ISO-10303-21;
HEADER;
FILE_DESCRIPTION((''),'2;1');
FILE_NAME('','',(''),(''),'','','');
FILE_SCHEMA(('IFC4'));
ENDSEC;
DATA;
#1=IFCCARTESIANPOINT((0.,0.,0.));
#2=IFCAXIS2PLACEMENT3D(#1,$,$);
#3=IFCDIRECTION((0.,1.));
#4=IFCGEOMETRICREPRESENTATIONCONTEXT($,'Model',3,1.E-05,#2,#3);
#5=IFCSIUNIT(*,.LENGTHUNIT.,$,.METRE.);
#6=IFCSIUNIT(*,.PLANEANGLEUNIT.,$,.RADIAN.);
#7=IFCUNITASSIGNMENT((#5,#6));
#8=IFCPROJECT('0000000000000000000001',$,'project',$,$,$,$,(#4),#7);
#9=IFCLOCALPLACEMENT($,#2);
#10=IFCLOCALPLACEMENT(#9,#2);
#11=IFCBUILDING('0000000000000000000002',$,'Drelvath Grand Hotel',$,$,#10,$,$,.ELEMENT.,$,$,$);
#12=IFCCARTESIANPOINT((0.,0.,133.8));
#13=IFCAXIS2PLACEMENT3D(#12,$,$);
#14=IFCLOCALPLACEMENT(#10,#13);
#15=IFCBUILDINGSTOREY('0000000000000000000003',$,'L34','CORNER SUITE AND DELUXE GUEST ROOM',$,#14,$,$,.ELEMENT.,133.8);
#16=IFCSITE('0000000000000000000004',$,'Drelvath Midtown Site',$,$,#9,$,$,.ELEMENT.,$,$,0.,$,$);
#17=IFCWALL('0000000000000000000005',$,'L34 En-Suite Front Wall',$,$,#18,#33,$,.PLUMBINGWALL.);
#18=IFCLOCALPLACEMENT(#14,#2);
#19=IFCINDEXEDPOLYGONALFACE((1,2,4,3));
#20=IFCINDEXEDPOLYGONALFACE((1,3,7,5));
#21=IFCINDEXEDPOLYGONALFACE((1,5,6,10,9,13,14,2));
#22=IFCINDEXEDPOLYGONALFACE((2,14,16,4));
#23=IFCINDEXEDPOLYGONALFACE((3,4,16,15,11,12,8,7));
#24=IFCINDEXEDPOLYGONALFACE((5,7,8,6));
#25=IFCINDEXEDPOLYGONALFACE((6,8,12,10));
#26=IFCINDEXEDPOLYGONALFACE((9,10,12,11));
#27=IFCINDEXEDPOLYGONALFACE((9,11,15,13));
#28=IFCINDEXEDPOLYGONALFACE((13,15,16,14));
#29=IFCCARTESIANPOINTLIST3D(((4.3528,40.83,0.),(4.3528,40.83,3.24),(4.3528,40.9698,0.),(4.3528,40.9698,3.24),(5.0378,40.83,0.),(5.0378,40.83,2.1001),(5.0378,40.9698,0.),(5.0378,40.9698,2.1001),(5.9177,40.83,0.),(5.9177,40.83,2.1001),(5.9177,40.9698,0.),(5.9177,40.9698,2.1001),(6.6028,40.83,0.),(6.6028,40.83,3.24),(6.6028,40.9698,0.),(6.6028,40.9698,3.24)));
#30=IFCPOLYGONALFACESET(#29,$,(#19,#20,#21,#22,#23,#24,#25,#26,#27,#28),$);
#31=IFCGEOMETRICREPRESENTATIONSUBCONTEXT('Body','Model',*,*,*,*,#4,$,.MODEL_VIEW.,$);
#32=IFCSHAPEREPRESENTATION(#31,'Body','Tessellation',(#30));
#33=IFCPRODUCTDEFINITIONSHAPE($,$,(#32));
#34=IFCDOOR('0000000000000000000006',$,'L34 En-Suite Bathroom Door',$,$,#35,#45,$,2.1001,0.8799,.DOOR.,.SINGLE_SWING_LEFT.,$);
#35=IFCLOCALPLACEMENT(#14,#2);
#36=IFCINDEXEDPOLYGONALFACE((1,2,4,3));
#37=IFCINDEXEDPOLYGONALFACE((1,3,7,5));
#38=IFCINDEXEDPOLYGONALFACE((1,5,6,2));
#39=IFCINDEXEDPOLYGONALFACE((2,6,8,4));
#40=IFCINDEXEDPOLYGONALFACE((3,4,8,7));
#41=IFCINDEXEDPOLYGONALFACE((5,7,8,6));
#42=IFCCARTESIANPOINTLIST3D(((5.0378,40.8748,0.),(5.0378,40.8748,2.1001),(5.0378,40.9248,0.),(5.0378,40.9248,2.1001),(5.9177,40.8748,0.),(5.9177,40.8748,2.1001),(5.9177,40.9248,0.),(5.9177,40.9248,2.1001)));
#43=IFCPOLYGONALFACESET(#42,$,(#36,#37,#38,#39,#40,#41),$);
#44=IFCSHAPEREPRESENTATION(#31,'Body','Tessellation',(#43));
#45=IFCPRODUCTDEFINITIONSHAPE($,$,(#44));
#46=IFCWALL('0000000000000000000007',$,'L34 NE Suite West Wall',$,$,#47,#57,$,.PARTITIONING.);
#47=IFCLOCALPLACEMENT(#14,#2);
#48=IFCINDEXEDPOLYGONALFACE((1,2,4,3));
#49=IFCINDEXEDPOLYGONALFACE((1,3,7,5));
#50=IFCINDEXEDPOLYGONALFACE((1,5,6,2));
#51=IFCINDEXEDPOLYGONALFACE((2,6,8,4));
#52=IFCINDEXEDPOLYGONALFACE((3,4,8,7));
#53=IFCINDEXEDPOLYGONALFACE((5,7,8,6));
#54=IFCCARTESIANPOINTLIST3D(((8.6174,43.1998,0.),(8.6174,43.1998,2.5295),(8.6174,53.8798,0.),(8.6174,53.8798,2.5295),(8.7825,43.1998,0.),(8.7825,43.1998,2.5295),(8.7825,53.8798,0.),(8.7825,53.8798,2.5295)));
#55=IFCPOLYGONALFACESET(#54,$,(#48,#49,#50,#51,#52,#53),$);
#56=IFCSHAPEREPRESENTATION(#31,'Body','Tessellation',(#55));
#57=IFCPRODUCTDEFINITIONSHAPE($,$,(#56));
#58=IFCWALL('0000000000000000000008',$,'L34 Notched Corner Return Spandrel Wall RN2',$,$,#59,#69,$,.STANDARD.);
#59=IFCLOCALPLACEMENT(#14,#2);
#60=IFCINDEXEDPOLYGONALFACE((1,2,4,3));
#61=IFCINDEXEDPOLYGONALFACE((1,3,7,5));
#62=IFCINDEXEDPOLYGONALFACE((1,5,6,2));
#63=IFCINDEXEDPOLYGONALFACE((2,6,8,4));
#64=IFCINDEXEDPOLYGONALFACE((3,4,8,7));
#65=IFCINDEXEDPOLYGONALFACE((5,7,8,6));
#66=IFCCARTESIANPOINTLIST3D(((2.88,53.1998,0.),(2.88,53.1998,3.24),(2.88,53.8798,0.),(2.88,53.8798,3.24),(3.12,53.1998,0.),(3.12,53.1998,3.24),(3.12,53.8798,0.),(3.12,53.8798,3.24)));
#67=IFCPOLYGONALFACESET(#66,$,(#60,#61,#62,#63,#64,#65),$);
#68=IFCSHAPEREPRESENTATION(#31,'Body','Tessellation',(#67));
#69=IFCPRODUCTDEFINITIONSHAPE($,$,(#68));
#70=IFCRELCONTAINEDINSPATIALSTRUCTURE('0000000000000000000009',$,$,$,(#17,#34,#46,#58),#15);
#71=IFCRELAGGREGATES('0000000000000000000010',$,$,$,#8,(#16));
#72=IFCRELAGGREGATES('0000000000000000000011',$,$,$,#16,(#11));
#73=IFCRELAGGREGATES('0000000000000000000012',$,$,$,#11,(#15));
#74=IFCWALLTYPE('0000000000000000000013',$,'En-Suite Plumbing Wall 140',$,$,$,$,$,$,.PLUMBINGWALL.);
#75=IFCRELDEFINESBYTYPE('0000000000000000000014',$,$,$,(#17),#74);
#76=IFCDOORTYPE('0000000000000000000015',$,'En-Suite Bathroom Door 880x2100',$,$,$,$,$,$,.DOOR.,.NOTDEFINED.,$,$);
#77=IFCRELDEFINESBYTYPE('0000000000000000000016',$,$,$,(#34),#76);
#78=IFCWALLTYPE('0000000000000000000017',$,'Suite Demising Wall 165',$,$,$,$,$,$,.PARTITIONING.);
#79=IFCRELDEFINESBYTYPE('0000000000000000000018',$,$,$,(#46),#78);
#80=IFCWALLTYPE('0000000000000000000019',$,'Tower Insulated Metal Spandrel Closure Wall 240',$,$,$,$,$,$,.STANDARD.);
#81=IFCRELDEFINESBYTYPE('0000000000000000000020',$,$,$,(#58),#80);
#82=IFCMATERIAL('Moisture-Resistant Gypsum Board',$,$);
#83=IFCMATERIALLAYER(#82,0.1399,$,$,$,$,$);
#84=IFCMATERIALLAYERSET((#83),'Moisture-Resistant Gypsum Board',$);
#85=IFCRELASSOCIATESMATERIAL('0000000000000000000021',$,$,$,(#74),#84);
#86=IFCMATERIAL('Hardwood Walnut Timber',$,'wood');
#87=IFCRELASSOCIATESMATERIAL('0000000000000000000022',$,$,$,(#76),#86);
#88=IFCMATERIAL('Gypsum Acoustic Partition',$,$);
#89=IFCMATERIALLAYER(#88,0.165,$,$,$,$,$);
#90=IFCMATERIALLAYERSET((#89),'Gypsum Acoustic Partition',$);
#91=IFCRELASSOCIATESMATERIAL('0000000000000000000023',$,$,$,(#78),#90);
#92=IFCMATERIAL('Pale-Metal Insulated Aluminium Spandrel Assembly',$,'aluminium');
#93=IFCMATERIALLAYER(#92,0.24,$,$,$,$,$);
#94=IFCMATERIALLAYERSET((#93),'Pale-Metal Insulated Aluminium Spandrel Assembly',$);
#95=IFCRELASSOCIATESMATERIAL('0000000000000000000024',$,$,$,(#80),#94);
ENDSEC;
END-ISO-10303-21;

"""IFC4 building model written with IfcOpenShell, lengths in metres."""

from ifc_helpers import new_model, si_unit, direction, frame, frame_2d, origin, place, context, subcontext, project, spatial, rectangle, extrude, material, layer, layer_set, type_object, element, fill, save


model = new_model("IFC4")

# Units and contexts
model_context = context("Model", 3, precision=1e-05, world=origin(), true_north=direction((0.0, 1.0)))
body_context = subcontext(model_context, "Body", "Model", "MODEL_VIEW")
ifc_project = project(units=[si_unit("LENGTHUNIT", "METRE"), si_unit("PLANEANGLEUNIT", "RADIAN")], contexts=[model_context])

# Site, building, storey
site_placement = place(None, origin())
site = spatial("IfcSite", under=ifc_project, at=site_placement, Name="Drelvath Midtown Site", CompositionType="ELEMENT", RefElevation=0.0)
building_placement = place(site_placement, origin())
building = spatial("IfcBuilding", under=site, at=building_placement, Name="Drelvath Grand Hotel", CompositionType="ELEMENT")
storey_placement = place(building_placement, frame((0.0, 0.0, 133.8)))
storey = spatial("IfcBuildingStorey", under=building, at=storey_placement, Name="L34", Description="CORNER SUITE AND DELUXE GUEST ROOM", CompositionType="ELEMENT", Elevation=133.8)

# Shared definitions
ifc_material_1 = material(Name="Hardwood Walnut Timber", Category="wood")

# Shared definitions
ifc_material_2 = material(Name="Moisture-Resistant Gypsum Board")
ifc_layer_1 = layer(ifc_material_2, 0.1399)
ifc_layer_set_1 = layer_set([ifc_layer_1], Name="Moisture-Resistant Gypsum Board")
wall_type_1 = type_object("IfcWallType", Name="En-Suite Plumbing Wall 140", PredefinedType="PLUMBINGWALL", material=ifc_layer_set_1)

# Wall, opening, door
wall_1_placement = place(storey_placement, frame((4.3528, 40.8999, 0.0), z_axis=(0.0, 0.0, 1.0), x_axis=(1.0, 0.0, 0.0)))
wall_1 = element("IfcWall", 1, at=wall_1_placement, inside=storey, type_object=wall_type_1, Name="L34 En-Suite Front Wall", PredefinedType="PLUMBINGWALL", context=body_context, shape_type="SweptSolid", body=[
    extrude(rectangle(XDim=2.25, YDim=0.1399, at=frame_2d((1.125, 0.0))), origin(), (0.0, 0.0, 1.0), 3.24),
])
opening_1_placement = place(wall_1_placement, frame((0.6851, 0.0, 0.0)))
opening_1 = element("IfcOpeningElement", 2, at=opening_1_placement, cuts=wall_1, PredefinedType="OPENING", context=body_context, shape_type="SweptSolid", body=[
    extrude(rectangle(XDim=0.8799, YDim=2.1001, at=frame_2d((0.4399, 1.05))), frame((0.0, 0.0798, 0.0), z_axis=(0.0, -1.0, 0.0), x_axis=(1.0, 0.0, 0.0)), (0.0, 0.0, 1.0), 0.1599),
])
door_type_1 = type_object("IfcDoorType", Name="En-Suite Bathroom Door 880x2100", OperationType="NOTDEFINED", PredefinedType="DOOR", material=ifc_material_1)
door_1_placement = place(opening_1_placement, origin())
door_1 = element("IfcDoor", 3, at=door_1_placement, inside=storey, type_object=door_type_1, Name="L34 En-Suite Bathroom Door", OperationType="SINGLE_SWING_LEFT", OverallHeight=2.1001, OverallWidth=0.8799, PredefinedType="DOOR", context=body_context, shape_type="SweptSolid", body=[
    extrude(rectangle(XDim=0.8799, YDim=2.1001, at=frame_2d((0.4399, 1.05))), frame((0.0, 0.0249, 0.0), z_axis=(0.0, -1.0, 0.0), x_axis=(1.0, 0.0, 0.0)), (0.0, 0.0, 1.0), 0.05),
])
fill(opening_1, door_1)

# Walls
ifc_material_3 = material(Name="Gypsum Acoustic Partition")
ifc_layer_2 = layer(ifc_material_3, 0.165)
ifc_layer_set_2 = layer_set([ifc_layer_2], Name="Gypsum Acoustic Partition")
wall_type_2 = type_object("IfcWallType", Name="Suite Demising Wall 165", PredefinedType="PARTITIONING", material=ifc_layer_set_2)
wall_2_placement = place(storey_placement, frame((8.7, 43.2, 0.0), z_axis=(0.0, 0.0, 1.0), x_axis=(0.0, 1.0, 0.0)))
element("IfcWall", 4, at=wall_2_placement, inside=storey, type_object=wall_type_2, Name="L34 NE Suite West Wall", PredefinedType="PARTITIONING", context=body_context, shape_type="SweptSolid", body=[
    extrude(rectangle(XDim=10.6799, YDim=0.165, at=frame_2d((5.3398, 0.0))), origin(), (0.0, 0.0, 1.0), 2.5295),
])
ifc_material_4 = material(Name="Pale-Metal Insulated Aluminium Spandrel Assembly", Category="aluminium")
ifc_layer_3 = layer(ifc_material_4, 0.24)
ifc_layer_set_3 = layer_set([ifc_layer_3], Name="Pale-Metal Insulated Aluminium Spandrel Assembly")
wall_type_3 = type_object("IfcWallType", Name="Tower Insulated Metal Spandrel Closure Wall 240", PredefinedType="STANDARD", material=ifc_layer_set_3)
wall_3_placement = place(storey_placement, frame((3.0, 53.2, 0.0), z_axis=(0.0, 0.0, 1.0), x_axis=(0.0, 1.0, 0.0)))
element("IfcWall", 5, at=wall_3_placement, inside=storey, type_object=wall_type_3, Name="L34 Notched Corner Return Spandrel Wall RN2", PredefinedType="STANDARD", context=body_context, shape_type="SweptSolid", body=[
    extrude(rectangle(XDim=0.6799, YDim=0.24, at=frame_2d((0.3398, 0.0))), origin(), (0.0, 0.0, 1.0), 3.24),
])

save(model, "model.ifc")
